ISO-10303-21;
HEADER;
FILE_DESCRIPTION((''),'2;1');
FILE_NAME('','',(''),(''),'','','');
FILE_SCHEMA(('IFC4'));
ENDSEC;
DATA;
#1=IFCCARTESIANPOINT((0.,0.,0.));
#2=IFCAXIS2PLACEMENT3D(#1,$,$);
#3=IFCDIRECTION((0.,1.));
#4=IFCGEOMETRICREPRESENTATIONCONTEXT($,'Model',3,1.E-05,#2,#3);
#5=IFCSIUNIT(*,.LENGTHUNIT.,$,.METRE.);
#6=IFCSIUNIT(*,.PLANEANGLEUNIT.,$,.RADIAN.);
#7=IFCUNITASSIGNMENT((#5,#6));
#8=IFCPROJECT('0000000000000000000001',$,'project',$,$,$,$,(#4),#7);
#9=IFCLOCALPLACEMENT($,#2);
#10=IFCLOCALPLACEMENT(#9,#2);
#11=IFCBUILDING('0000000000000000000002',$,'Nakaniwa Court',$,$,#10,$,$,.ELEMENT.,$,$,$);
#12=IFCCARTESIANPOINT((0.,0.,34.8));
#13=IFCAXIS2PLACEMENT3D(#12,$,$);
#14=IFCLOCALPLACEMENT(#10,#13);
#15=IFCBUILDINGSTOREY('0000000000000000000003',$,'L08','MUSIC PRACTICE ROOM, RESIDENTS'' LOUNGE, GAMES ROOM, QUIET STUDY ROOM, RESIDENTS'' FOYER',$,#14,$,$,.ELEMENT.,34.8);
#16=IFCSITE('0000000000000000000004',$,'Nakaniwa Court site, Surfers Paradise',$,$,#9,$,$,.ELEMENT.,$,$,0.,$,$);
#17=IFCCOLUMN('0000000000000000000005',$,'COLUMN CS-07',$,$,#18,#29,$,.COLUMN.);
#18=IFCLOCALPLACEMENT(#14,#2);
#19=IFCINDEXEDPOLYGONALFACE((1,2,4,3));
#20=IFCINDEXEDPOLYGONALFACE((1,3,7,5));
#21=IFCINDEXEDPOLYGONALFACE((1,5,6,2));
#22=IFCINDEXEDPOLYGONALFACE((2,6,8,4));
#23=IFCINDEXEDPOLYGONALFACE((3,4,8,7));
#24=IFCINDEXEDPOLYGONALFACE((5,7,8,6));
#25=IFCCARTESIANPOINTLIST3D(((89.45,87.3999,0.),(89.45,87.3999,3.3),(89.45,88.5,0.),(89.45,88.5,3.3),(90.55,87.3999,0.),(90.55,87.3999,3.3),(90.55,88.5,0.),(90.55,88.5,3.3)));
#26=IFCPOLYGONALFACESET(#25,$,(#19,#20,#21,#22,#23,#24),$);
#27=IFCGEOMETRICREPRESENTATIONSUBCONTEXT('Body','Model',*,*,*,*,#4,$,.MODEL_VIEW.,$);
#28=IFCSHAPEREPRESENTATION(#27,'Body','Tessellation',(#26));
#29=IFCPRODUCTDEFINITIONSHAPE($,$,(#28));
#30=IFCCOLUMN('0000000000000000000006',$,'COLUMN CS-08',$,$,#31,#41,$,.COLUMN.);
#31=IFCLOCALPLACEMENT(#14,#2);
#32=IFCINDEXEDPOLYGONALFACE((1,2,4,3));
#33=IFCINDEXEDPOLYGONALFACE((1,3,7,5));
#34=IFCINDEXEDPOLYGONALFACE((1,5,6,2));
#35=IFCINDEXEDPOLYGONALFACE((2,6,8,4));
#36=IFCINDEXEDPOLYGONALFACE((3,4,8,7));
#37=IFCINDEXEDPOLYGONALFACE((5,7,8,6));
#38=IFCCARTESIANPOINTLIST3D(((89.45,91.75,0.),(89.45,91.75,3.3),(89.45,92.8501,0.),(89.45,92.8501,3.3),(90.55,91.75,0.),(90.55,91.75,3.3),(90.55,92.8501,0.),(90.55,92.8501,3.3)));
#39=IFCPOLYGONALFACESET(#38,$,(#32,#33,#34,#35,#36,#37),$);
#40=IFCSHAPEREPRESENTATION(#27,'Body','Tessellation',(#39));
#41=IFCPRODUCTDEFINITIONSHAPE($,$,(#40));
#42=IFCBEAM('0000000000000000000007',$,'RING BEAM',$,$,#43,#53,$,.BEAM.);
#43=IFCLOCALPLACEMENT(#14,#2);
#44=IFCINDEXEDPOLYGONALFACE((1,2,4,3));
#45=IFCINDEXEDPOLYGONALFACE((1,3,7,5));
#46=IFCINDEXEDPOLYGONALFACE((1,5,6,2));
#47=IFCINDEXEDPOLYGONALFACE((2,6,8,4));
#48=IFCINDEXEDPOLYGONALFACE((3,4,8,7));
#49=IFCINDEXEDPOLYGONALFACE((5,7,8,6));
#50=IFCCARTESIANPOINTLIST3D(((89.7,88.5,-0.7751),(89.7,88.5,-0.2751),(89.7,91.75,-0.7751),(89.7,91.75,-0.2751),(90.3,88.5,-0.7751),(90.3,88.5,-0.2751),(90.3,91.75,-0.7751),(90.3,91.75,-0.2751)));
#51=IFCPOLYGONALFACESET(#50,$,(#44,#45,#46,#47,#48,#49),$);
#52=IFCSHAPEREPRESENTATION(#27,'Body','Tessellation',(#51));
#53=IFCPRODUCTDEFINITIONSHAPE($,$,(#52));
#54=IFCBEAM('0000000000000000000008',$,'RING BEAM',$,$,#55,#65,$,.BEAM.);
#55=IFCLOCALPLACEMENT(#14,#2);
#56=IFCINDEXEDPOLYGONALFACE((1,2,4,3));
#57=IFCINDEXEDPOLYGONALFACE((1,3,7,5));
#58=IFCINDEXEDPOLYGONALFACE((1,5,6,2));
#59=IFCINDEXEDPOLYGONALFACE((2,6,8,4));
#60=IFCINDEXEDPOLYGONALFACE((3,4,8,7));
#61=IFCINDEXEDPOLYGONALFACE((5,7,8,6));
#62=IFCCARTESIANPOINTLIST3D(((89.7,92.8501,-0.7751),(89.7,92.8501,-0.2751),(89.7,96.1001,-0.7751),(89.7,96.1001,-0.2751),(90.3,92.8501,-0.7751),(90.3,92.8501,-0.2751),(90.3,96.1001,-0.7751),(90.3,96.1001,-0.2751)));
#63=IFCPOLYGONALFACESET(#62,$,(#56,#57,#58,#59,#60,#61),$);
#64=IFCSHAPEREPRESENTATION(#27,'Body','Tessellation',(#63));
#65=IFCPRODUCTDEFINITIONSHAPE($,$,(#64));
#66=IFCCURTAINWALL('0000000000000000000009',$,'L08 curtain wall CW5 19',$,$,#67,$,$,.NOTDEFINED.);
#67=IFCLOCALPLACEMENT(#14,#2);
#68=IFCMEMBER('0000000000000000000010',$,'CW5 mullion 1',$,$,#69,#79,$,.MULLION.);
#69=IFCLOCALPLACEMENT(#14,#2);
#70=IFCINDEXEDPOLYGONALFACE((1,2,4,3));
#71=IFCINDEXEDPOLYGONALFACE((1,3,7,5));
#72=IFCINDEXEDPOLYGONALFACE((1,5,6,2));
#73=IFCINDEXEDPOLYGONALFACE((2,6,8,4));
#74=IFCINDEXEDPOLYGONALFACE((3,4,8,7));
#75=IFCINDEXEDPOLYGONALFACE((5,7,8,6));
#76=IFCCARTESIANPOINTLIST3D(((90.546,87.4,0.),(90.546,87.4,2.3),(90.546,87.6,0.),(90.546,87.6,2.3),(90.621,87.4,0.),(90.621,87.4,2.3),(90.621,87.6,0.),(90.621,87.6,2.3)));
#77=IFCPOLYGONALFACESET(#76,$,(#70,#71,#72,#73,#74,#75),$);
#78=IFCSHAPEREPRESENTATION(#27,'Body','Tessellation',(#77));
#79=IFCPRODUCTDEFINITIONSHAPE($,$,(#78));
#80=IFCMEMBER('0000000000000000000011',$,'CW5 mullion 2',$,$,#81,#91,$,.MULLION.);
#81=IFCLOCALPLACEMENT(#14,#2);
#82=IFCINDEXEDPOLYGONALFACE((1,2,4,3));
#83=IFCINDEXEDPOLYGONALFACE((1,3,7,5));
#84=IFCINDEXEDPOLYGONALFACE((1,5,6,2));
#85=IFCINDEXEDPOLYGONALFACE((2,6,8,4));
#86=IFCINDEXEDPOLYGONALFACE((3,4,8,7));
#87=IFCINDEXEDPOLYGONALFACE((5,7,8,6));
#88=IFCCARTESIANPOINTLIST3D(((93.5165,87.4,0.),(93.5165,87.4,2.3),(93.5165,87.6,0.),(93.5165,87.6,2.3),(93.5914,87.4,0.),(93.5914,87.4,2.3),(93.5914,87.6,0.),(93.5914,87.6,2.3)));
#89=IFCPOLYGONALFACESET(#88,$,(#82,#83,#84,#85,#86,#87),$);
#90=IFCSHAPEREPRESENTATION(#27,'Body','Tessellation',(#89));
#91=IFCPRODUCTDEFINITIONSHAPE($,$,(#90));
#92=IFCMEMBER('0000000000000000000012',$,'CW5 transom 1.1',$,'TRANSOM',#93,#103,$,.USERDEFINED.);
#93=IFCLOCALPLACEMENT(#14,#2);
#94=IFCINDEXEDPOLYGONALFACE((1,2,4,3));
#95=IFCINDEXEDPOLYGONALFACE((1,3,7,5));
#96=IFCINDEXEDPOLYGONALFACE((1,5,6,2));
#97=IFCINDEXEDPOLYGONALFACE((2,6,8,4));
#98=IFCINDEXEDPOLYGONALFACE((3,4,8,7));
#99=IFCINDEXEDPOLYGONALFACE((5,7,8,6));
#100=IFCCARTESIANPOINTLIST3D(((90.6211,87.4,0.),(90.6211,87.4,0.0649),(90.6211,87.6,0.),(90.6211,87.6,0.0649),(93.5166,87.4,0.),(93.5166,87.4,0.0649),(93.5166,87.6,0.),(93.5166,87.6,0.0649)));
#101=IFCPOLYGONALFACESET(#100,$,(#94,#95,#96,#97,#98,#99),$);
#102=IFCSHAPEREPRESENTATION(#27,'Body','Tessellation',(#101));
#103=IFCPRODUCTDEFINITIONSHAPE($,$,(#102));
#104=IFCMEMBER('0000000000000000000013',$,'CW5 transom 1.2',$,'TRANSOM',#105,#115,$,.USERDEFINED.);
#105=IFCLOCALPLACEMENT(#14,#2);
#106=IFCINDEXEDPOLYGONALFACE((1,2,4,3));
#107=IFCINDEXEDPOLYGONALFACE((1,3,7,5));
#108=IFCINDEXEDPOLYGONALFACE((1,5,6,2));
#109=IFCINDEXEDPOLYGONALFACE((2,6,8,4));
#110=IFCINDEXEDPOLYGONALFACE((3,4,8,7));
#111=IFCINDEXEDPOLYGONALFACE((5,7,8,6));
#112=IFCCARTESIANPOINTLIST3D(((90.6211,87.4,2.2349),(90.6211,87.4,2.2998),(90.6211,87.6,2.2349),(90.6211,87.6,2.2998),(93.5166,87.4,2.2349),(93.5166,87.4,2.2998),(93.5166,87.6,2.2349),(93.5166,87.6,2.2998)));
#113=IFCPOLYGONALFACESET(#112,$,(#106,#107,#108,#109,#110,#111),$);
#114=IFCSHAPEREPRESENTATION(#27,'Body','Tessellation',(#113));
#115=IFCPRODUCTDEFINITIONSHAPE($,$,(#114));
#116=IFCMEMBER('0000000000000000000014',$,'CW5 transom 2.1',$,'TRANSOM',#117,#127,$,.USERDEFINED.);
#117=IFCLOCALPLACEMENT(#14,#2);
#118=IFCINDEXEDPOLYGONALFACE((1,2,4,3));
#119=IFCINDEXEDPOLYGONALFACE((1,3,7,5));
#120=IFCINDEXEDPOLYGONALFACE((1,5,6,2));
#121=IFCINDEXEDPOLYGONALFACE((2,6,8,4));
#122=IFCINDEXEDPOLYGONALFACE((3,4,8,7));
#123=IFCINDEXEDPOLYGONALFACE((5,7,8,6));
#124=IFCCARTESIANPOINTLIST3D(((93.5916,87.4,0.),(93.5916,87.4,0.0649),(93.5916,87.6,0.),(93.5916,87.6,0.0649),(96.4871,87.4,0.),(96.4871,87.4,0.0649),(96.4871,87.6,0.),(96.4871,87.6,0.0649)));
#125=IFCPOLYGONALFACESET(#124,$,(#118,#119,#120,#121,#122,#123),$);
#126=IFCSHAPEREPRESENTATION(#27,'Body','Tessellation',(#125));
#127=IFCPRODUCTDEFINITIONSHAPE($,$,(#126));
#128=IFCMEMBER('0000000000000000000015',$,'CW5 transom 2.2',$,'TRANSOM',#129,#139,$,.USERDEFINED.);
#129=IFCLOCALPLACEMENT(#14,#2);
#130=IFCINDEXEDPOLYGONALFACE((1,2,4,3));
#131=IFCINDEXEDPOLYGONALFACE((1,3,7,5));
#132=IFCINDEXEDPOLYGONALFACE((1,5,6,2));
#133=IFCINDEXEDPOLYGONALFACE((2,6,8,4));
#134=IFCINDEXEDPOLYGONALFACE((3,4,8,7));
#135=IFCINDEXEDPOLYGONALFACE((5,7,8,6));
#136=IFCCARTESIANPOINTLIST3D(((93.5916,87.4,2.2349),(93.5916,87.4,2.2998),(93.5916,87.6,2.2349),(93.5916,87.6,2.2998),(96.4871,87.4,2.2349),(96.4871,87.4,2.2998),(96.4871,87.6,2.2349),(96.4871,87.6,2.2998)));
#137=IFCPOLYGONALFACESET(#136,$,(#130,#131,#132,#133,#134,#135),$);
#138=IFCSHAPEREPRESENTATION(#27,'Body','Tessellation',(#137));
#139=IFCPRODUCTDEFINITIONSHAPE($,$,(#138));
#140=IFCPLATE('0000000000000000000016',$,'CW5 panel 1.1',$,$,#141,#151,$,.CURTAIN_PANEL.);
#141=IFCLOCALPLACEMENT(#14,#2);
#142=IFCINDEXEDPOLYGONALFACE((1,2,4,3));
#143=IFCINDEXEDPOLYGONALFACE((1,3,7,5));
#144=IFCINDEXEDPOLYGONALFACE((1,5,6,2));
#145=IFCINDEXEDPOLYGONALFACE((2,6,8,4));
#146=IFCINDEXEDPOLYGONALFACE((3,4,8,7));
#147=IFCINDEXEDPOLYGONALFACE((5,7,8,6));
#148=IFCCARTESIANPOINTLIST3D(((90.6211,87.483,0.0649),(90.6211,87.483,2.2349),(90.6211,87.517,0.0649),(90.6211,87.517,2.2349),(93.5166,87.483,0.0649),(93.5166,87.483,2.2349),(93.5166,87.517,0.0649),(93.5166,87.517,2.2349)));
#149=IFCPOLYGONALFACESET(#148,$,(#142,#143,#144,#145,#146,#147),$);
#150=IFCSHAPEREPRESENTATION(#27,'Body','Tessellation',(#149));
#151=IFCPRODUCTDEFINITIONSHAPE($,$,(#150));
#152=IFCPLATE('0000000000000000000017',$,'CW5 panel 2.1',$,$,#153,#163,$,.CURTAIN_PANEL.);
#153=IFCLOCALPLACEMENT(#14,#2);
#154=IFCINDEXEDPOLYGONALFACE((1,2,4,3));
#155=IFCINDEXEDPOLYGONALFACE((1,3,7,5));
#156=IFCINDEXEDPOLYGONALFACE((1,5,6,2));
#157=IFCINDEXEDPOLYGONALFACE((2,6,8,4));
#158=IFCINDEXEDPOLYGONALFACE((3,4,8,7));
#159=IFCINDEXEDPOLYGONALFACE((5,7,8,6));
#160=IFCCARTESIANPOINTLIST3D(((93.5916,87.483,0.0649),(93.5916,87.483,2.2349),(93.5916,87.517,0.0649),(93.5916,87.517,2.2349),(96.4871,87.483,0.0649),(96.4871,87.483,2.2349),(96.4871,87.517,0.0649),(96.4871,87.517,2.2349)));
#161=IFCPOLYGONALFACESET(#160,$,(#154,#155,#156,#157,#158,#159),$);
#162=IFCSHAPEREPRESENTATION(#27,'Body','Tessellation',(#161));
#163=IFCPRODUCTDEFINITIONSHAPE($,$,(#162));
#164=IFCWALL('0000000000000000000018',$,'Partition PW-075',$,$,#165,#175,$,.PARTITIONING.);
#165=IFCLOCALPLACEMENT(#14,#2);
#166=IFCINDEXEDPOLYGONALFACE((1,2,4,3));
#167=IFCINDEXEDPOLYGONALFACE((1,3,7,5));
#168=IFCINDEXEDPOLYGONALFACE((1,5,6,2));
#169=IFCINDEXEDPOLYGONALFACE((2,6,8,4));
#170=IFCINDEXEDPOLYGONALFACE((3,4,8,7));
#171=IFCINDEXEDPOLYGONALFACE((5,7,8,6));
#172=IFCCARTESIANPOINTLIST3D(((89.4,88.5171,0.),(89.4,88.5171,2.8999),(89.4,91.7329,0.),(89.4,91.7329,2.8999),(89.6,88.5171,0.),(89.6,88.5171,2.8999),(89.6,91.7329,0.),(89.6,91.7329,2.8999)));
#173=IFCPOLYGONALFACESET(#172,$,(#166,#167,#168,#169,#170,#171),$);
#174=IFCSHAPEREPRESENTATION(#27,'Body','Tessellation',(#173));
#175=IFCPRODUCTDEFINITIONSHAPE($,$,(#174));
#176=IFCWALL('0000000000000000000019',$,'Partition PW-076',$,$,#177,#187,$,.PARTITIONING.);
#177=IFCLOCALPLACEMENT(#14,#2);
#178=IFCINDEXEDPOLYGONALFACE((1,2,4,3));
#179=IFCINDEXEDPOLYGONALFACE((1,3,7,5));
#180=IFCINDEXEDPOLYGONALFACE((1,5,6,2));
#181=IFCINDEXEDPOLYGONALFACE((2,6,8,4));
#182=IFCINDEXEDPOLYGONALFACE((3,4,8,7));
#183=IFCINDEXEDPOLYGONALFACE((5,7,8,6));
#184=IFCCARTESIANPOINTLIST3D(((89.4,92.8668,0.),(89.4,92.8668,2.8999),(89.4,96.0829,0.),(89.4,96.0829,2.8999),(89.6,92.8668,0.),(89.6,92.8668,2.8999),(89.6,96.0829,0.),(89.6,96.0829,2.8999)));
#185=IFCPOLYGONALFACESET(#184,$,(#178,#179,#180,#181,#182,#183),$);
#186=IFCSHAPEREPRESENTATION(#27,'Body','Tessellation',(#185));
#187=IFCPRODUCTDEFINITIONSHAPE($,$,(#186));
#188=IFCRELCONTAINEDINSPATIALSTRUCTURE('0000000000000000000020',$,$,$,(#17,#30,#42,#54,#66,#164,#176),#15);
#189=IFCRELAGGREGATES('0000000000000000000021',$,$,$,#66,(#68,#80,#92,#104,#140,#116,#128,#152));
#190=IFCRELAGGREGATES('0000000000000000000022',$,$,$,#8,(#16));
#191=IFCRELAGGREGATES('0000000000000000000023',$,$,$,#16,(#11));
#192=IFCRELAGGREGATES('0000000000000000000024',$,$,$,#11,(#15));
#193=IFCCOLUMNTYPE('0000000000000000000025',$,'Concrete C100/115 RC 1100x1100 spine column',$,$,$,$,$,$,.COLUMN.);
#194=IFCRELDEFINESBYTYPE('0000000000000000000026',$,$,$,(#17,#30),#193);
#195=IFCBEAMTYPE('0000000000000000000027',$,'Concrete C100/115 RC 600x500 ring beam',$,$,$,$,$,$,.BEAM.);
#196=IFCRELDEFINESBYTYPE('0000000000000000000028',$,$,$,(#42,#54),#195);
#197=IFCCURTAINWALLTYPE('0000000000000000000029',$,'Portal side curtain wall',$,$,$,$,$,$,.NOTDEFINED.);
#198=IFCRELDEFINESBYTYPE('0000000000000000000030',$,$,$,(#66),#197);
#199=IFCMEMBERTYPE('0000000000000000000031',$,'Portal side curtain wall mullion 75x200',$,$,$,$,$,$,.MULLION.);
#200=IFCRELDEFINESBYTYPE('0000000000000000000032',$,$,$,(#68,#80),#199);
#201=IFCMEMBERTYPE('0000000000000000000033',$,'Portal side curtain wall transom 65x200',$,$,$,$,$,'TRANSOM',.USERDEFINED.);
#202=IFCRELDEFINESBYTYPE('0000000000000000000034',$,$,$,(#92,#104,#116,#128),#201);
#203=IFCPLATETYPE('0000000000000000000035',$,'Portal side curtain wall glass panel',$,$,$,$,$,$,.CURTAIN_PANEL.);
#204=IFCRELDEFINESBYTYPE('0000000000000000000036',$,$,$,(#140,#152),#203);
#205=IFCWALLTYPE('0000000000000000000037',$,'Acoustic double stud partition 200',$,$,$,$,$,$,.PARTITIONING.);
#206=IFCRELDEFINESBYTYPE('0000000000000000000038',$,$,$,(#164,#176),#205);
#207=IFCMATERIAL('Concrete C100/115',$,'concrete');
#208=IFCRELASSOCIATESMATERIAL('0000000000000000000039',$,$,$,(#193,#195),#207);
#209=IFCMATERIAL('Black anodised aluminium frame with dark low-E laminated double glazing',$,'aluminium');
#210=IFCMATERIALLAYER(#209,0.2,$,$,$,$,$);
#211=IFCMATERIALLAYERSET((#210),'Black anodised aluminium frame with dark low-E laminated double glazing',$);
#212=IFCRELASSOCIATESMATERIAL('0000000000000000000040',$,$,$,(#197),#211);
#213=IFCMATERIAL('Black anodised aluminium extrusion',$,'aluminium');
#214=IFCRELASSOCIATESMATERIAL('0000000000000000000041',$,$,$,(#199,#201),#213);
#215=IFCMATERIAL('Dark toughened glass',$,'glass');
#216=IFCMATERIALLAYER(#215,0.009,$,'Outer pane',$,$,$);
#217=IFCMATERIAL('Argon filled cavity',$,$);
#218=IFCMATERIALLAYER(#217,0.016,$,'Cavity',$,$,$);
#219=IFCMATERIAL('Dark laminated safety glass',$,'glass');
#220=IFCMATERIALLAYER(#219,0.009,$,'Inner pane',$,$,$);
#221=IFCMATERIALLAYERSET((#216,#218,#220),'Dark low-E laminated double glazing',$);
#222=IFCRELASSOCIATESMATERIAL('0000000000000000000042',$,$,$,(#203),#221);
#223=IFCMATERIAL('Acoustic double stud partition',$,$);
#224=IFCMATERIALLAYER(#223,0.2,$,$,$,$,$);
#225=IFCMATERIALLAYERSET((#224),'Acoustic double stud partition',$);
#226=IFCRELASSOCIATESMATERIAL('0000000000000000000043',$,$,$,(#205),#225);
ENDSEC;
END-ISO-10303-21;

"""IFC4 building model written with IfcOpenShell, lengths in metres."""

from ifc_helpers import new_model, si_unit, direction, frame, frame_2d, origin, origin_2d, place, context, subcontext, project, spatial, rectangle, extrude, material, layer, layer_set, material_profile, profile_set, type_object, element, aggregate, save


model = new_model("IFC4")

# Units and contexts
model_context = context("Model", 3, precision=1e-05, world=origin(), true_north=direction((0.0, 1.0)))
body_context = subcontext(model_context, "Body", "Model", "MODEL_VIEW")
ifc_project = project(units=[si_unit("LENGTHUNIT", "METRE"), si_unit("PLANEANGLEUNIT", "RADIAN")], contexts=[model_context])

# Site, building, storey
site_placement = place(None, origin())
site = spatial("IfcSite", under=ifc_project, at=site_placement, Name="Nakaniwa Court site, Surfers Paradise", CompositionType="ELEMENT", RefElevation=0.0)
building_placement = place(site_placement, origin())
building = spatial("IfcBuilding", under=site, at=building_placement, Name="Nakaniwa Court", CompositionType="ELEMENT")
storey_placement = place(building_placement, frame((0.0, 0.0, 34.8)))
storey = spatial("IfcBuildingStorey", under=building, at=storey_placement, Name="L08", Description="MUSIC PRACTICE ROOM, RESIDENTS' LOUNGE, GAMES ROOM, QUIET STUDY ROOM, RESIDENTS' FOYER", CompositionType="ELEMENT", Elevation=34.8)

# Columns
ifc_material_1 = material(Name="Concrete C100/115", Category="concrete")
ifc_material_profile_1 = material_profile(ifc_material_1, rectangle(XDim=1.1001, YDim=1.1001, at=origin_2d()), Name="Concrete C100/115 RC 1100x1100 spine column")
ifc_profile_set_1 = profile_set([ifc_material_profile_1], Name="Concrete C100/115")
column_type = type_object("IfcColumnType", Name="Concrete C100/115 RC 1100x1100 spine column", PredefinedType="COLUMN", material=ifc_profile_set_1)
for number, where, z_axis, x_axis, name in (
    (1, (90.0, 87.95, 0.0), (0.0, 0.0, 1.0), (0.0, 1.0, 0.0), "COLUMN CS-07"),
    (2, (90.0, 92.3, 0.0), (0.0, 0.0, 1.0), (0.0, 1.0, 0.0), "COLUMN CS-08"),
):
    element("IfcColumn", number, at=place(storey_placement, frame(where, z_axis=z_axis, x_axis=x_axis)), inside=storey, type_object=column_type, Name=name, PredefinedType="COLUMN", context=body_context, shape_type="SweptSolid", body=[
        extrude(rectangle(XDim=1.1001, YDim=1.1001, at=origin_2d()), origin(), (0.0, 0.0, 1.0), 3.3),
    ])

# Beams
ifc_material_profile_2 = material_profile(ifc_material_1, rectangle(XDim=0.6001, YDim=0.5, at=origin_2d()), Name="Concrete C100/115 RC 600x500 ring beam")
ifc_profile_set_2 = profile_set([ifc_material_profile_2], Name="Concrete C100/115")
beam_type = type_object("IfcBeamType", Name="Concrete C100/115 RC 600x500 ring beam", PredefinedType="BEAM", material=ifc_profile_set_2)
for number, where, z_axis, x_axis, name in (
    (3, (90.0, 88.5, -0.5251), (0.0, 1.0, 0.0), (-1.0, 0.0, 0.0), "RING BEAM"),
    (4, (90.0, 92.8501, -0.5251), (0.0, 1.0, 0.0), (-1.0, 0.0, 0.0), "RING BEAM"),
):
    element("IfcBeam", number, at=place(storey_placement, frame(where, z_axis=z_axis, x_axis=x_axis)), inside=storey, type_object=beam_type, Name=name, PredefinedType="BEAM", context=body_context, shape_type="SweptSolid", body=[
        extrude(rectangle(XDim=0.6001, YDim=0.5, at=origin_2d()), origin(), (0.0, 0.0, 1.0), 3.25),
    ])

# Curtain wall, members, plates
ifc_material_2 = material(Name="Black anodised aluminium frame with dark low-E laminated double glazing", Category="aluminium")
ifc_layer_1 = layer(ifc_material_2, 0.2)
ifc_layer_set_1 = layer_set([ifc_layer_1], Name="Black anodised aluminium frame with dark low-E laminated double glazing")
curtain_wall_type = type_object("IfcCurtainWallType", Name="Portal side curtain wall", PredefinedType="NOTDEFINED", material=ifc_layer_set_1)
curtain_wall_placement = place(storey_placement, origin())
curtain_wall = element("IfcCurtainWall", 5, at=curtain_wall_placement, inside=storey, type_object=curtain_wall_type, Name="L08 curtain wall CW5 19", PredefinedType="NOTDEFINED")
ifc_material_3 = material(Name="Black anodised aluminium extrusion", Category="aluminium")
ifc_material_profile_3 = material_profile(ifc_material_3, rectangle(XDim=0.2, YDim=0.075, at=origin_2d()), Name="Portal side curtain wall mullion 75x200")
ifc_profile_set_3 = profile_set([ifc_material_profile_3], Name="Black anodised aluminium extrusion")
member_type_1 = type_object("IfcMemberType", Name="Portal side curtain wall mullion 75x200", PredefinedType="MULLION", material=ifc_profile_set_3)
member_1_placement = place(storey_placement, frame((90.5835, 87.5, 0.0), z_axis=(0.0, 0.0, 1.0), x_axis=(0.0, 1.0, 0.0)))
member_1 = element("IfcMember", 6, at=member_1_placement, type_object=member_type_1, Name="CW5 mullion 1", PredefinedType="MULLION", context=body_context, shape_type="SweptSolid", body=[
    extrude(rectangle(XDim=0.2, YDim=0.075, at=origin_2d()), origin(), (0.0, 0.0, 1.0), 2.3),
])
member_2_placement = place(storey_placement, frame((93.554, 87.5, 0.0), z_axis=(0.0, 0.0, 1.0), x_axis=(0.0, 1.0, 0.0)))
member_2 = element("IfcMember", 7, at=member_2_placement, type_object=member_type_1, Name="CW5 mullion 2", PredefinedType="MULLION", context=body_context, shape_type="SweptSolid", body=[
    extrude(rectangle(XDim=0.2, YDim=0.075, at=origin_2d()), origin(), (0.0, 0.0, 1.0), 2.3),
])
ifc_material_profile_4 = material_profile(ifc_material_3, rectangle(XDim=0.2, YDim=0.0649, at=origin_2d()), Name="Portal side curtain wall transom 65x200")
ifc_profile_set_4 = profile_set([ifc_material_profile_4], Name="Black anodised aluminium extrusion")
member_type_2 = type_object("IfcMemberType", Name="Portal side curtain wall transom 65x200", ElementType="TRANSOM", PredefinedType="USERDEFINED", material=ifc_profile_set_4)
member_3_placement = place(storey_placement, frame((90.6211, 87.5, 0.0325), z_axis=(1.0, 0.0, 0.0), x_axis=(0.0, 1.0, 0.0)))
member_3 = element("IfcMember", 8, at=member_3_placement, type_object=member_type_2, Name="CW5 transom 1.1", ObjectType="TRANSOM", PredefinedType="USERDEFINED", context=body_context, shape_type="SweptSolid", body=[
    extrude(rectangle(XDim=0.2, YDim=0.0649, at=origin_2d()), origin(), (0.0, 0.0, 1.0), 2.8955),
])
member_4_placement = place(storey_placement, frame((90.6211, 87.5, 2.2673), z_axis=(1.0, 0.0, 0.0), x_axis=(0.0, 1.0, 0.0)))
member_4 = element("IfcMember", 9, at=member_4_placement, type_object=member_type_2, Name="CW5 transom 1.2", ObjectType="TRANSOM", PredefinedType="USERDEFINED", context=body_context, shape_type="SweptSolid", body=[
    extrude(rectangle(XDim=0.2, YDim=0.0649, at=origin_2d()), origin(), (0.0, 0.0, 1.0), 2.8955),
])
member_5_placement = place(storey_placement, frame((93.5916, 87.5, 0.0325), z_axis=(1.0, 0.0, 0.0), x_axis=(0.0, 1.0, 0.0)))
member_5 = element("IfcMember", 10, at=member_5_placement, type_object=member_type_2, Name="CW5 transom 2.1", ObjectType="TRANSOM", PredefinedType="USERDEFINED", context=body_context, shape_type="SweptSolid", body=[
    extrude(rectangle(XDim=0.2, YDim=0.0649, at=origin_2d()), origin(), (0.0, 0.0, 1.0), 2.8955),
])
member_6_placement = place(storey_placement, frame((93.5916, 87.5, 2.2673), z_axis=(1.0, 0.0, 0.0), x_axis=(0.0, 1.0, 0.0)))
member_6 = element("IfcMember", 11, at=member_6_placement, type_object=member_type_2, Name="CW5 transom 2.2", ObjectType="TRANSOM", PredefinedType="USERDEFINED", context=body_context, shape_type="SweptSolid", body=[
    extrude(rectangle(XDim=0.2, YDim=0.0649, at=origin_2d()), origin(), (0.0, 0.0, 1.0), 2.8955),
])
ifc_material_4 = material(Name="Dark toughened glass", Category="glass")
ifc_layer_2 = layer(ifc_material_4, 0.009, Name="Outer pane")
ifc_material_5 = material(Name="Argon filled cavity")
ifc_layer_3 = layer(ifc_material_5, 0.016, Name="Cavity")
ifc_material_6 = material(Name="Dark laminated safety glass", Category="glass")
ifc_layer_4 = layer(ifc_material_6, 0.009, Name="Inner pane")
ifc_layer_set_2 = layer_set([ifc_layer_2, ifc_layer_3, ifc_layer_4], Name="Dark low-E laminated double glazing")
plate_type = type_object("IfcPlateType", Name="Portal side curtain wall glass panel", PredefinedType="CURTAIN_PANEL", material=ifc_layer_set_2)
plate_1_placement = place(storey_placement, frame((92.0688, 87.5, 0.0649), z_axis=(0.0, 0.0, 1.0), x_axis=(1.0, 0.0, 0.0)))
plate_1 = element("IfcPlate", 12, at=plate_1_placement, type_object=plate_type, Name="CW5 panel 1.1", PredefinedType="CURTAIN_PANEL", context=body_context, shape_type="SweptSolid", body=[
    extrude(rectangle(XDim=2.8955, YDim=0.0339, at=origin_2d()), origin(), (0.0, 0.0, 1.0), 2.1699),
])
plate_2_placement = place(storey_placement, frame((95.0393, 87.5, 0.0649), z_axis=(0.0, 0.0, 1.0), x_axis=(1.0, 0.0, 0.0)))
plate_2 = element("IfcPlate", 13, at=plate_2_placement, type_object=plate_type, Name="CW5 panel 2.1", PredefinedType="CURTAIN_PANEL", context=body_context, shape_type="SweptSolid", body=[
    extrude(rectangle(XDim=2.8955, YDim=0.0339, at=origin_2d()), origin(), (0.0, 0.0, 1.0), 2.1699),
])
aggregate(curtain_wall, [member_1, member_2, member_3, member_4, plate_1, member_5, member_6, plate_2])

# Walls
ifc_material_7 = material(Name="Acoustic double stud partition")
ifc_layer_5 = layer(ifc_material_7, 0.2)
ifc_layer_set_3 = layer_set([ifc_layer_5], Name="Acoustic double stud partition")
wall_type_1 = type_object("IfcWallType", Name="Acoustic double stud partition 200", PredefinedType="PARTITIONING", material=ifc_layer_set_3)
wall_1_placement = place(storey_placement, frame((89.5, 88.5171, 0.0), z_axis=(0.0, 0.0, 1.0), x_axis=(0.0, 1.0, 0.0)))
element("IfcWall", 14, at=wall_1_placement, inside=storey, type_object=wall_type_1, Name="Partition PW-075", PredefinedType="PARTITIONING", context=body_context, shape_type="SweptSolid", body=[
    extrude(rectangle(XDim=3.2158, YDim=0.2, at=frame_2d((1.6079, 0.0))), origin(), (0.0, 0.0, 1.0), 2.8999),
])
wall_2_placement = place(storey_placement, frame((89.5, 92.8669, 0.0), z_axis=(0.0, 0.0, 1.0), x_axis=(0.0, 1.0, 0.0)))
element("IfcWall", 15, at=wall_2_placement, inside=storey, type_object=wall_type_1, Name="Partition PW-076", PredefinedType="PARTITIONING", context=body_context, shape_type="SweptSolid", body=[
    extrude(rectangle(XDim=3.2161, YDim=0.2, at=frame_2d((1.6079, 0.0))), origin(), (0.0, 0.0, 1.0), 2.8999),
])

save(model, "model.ifc")
